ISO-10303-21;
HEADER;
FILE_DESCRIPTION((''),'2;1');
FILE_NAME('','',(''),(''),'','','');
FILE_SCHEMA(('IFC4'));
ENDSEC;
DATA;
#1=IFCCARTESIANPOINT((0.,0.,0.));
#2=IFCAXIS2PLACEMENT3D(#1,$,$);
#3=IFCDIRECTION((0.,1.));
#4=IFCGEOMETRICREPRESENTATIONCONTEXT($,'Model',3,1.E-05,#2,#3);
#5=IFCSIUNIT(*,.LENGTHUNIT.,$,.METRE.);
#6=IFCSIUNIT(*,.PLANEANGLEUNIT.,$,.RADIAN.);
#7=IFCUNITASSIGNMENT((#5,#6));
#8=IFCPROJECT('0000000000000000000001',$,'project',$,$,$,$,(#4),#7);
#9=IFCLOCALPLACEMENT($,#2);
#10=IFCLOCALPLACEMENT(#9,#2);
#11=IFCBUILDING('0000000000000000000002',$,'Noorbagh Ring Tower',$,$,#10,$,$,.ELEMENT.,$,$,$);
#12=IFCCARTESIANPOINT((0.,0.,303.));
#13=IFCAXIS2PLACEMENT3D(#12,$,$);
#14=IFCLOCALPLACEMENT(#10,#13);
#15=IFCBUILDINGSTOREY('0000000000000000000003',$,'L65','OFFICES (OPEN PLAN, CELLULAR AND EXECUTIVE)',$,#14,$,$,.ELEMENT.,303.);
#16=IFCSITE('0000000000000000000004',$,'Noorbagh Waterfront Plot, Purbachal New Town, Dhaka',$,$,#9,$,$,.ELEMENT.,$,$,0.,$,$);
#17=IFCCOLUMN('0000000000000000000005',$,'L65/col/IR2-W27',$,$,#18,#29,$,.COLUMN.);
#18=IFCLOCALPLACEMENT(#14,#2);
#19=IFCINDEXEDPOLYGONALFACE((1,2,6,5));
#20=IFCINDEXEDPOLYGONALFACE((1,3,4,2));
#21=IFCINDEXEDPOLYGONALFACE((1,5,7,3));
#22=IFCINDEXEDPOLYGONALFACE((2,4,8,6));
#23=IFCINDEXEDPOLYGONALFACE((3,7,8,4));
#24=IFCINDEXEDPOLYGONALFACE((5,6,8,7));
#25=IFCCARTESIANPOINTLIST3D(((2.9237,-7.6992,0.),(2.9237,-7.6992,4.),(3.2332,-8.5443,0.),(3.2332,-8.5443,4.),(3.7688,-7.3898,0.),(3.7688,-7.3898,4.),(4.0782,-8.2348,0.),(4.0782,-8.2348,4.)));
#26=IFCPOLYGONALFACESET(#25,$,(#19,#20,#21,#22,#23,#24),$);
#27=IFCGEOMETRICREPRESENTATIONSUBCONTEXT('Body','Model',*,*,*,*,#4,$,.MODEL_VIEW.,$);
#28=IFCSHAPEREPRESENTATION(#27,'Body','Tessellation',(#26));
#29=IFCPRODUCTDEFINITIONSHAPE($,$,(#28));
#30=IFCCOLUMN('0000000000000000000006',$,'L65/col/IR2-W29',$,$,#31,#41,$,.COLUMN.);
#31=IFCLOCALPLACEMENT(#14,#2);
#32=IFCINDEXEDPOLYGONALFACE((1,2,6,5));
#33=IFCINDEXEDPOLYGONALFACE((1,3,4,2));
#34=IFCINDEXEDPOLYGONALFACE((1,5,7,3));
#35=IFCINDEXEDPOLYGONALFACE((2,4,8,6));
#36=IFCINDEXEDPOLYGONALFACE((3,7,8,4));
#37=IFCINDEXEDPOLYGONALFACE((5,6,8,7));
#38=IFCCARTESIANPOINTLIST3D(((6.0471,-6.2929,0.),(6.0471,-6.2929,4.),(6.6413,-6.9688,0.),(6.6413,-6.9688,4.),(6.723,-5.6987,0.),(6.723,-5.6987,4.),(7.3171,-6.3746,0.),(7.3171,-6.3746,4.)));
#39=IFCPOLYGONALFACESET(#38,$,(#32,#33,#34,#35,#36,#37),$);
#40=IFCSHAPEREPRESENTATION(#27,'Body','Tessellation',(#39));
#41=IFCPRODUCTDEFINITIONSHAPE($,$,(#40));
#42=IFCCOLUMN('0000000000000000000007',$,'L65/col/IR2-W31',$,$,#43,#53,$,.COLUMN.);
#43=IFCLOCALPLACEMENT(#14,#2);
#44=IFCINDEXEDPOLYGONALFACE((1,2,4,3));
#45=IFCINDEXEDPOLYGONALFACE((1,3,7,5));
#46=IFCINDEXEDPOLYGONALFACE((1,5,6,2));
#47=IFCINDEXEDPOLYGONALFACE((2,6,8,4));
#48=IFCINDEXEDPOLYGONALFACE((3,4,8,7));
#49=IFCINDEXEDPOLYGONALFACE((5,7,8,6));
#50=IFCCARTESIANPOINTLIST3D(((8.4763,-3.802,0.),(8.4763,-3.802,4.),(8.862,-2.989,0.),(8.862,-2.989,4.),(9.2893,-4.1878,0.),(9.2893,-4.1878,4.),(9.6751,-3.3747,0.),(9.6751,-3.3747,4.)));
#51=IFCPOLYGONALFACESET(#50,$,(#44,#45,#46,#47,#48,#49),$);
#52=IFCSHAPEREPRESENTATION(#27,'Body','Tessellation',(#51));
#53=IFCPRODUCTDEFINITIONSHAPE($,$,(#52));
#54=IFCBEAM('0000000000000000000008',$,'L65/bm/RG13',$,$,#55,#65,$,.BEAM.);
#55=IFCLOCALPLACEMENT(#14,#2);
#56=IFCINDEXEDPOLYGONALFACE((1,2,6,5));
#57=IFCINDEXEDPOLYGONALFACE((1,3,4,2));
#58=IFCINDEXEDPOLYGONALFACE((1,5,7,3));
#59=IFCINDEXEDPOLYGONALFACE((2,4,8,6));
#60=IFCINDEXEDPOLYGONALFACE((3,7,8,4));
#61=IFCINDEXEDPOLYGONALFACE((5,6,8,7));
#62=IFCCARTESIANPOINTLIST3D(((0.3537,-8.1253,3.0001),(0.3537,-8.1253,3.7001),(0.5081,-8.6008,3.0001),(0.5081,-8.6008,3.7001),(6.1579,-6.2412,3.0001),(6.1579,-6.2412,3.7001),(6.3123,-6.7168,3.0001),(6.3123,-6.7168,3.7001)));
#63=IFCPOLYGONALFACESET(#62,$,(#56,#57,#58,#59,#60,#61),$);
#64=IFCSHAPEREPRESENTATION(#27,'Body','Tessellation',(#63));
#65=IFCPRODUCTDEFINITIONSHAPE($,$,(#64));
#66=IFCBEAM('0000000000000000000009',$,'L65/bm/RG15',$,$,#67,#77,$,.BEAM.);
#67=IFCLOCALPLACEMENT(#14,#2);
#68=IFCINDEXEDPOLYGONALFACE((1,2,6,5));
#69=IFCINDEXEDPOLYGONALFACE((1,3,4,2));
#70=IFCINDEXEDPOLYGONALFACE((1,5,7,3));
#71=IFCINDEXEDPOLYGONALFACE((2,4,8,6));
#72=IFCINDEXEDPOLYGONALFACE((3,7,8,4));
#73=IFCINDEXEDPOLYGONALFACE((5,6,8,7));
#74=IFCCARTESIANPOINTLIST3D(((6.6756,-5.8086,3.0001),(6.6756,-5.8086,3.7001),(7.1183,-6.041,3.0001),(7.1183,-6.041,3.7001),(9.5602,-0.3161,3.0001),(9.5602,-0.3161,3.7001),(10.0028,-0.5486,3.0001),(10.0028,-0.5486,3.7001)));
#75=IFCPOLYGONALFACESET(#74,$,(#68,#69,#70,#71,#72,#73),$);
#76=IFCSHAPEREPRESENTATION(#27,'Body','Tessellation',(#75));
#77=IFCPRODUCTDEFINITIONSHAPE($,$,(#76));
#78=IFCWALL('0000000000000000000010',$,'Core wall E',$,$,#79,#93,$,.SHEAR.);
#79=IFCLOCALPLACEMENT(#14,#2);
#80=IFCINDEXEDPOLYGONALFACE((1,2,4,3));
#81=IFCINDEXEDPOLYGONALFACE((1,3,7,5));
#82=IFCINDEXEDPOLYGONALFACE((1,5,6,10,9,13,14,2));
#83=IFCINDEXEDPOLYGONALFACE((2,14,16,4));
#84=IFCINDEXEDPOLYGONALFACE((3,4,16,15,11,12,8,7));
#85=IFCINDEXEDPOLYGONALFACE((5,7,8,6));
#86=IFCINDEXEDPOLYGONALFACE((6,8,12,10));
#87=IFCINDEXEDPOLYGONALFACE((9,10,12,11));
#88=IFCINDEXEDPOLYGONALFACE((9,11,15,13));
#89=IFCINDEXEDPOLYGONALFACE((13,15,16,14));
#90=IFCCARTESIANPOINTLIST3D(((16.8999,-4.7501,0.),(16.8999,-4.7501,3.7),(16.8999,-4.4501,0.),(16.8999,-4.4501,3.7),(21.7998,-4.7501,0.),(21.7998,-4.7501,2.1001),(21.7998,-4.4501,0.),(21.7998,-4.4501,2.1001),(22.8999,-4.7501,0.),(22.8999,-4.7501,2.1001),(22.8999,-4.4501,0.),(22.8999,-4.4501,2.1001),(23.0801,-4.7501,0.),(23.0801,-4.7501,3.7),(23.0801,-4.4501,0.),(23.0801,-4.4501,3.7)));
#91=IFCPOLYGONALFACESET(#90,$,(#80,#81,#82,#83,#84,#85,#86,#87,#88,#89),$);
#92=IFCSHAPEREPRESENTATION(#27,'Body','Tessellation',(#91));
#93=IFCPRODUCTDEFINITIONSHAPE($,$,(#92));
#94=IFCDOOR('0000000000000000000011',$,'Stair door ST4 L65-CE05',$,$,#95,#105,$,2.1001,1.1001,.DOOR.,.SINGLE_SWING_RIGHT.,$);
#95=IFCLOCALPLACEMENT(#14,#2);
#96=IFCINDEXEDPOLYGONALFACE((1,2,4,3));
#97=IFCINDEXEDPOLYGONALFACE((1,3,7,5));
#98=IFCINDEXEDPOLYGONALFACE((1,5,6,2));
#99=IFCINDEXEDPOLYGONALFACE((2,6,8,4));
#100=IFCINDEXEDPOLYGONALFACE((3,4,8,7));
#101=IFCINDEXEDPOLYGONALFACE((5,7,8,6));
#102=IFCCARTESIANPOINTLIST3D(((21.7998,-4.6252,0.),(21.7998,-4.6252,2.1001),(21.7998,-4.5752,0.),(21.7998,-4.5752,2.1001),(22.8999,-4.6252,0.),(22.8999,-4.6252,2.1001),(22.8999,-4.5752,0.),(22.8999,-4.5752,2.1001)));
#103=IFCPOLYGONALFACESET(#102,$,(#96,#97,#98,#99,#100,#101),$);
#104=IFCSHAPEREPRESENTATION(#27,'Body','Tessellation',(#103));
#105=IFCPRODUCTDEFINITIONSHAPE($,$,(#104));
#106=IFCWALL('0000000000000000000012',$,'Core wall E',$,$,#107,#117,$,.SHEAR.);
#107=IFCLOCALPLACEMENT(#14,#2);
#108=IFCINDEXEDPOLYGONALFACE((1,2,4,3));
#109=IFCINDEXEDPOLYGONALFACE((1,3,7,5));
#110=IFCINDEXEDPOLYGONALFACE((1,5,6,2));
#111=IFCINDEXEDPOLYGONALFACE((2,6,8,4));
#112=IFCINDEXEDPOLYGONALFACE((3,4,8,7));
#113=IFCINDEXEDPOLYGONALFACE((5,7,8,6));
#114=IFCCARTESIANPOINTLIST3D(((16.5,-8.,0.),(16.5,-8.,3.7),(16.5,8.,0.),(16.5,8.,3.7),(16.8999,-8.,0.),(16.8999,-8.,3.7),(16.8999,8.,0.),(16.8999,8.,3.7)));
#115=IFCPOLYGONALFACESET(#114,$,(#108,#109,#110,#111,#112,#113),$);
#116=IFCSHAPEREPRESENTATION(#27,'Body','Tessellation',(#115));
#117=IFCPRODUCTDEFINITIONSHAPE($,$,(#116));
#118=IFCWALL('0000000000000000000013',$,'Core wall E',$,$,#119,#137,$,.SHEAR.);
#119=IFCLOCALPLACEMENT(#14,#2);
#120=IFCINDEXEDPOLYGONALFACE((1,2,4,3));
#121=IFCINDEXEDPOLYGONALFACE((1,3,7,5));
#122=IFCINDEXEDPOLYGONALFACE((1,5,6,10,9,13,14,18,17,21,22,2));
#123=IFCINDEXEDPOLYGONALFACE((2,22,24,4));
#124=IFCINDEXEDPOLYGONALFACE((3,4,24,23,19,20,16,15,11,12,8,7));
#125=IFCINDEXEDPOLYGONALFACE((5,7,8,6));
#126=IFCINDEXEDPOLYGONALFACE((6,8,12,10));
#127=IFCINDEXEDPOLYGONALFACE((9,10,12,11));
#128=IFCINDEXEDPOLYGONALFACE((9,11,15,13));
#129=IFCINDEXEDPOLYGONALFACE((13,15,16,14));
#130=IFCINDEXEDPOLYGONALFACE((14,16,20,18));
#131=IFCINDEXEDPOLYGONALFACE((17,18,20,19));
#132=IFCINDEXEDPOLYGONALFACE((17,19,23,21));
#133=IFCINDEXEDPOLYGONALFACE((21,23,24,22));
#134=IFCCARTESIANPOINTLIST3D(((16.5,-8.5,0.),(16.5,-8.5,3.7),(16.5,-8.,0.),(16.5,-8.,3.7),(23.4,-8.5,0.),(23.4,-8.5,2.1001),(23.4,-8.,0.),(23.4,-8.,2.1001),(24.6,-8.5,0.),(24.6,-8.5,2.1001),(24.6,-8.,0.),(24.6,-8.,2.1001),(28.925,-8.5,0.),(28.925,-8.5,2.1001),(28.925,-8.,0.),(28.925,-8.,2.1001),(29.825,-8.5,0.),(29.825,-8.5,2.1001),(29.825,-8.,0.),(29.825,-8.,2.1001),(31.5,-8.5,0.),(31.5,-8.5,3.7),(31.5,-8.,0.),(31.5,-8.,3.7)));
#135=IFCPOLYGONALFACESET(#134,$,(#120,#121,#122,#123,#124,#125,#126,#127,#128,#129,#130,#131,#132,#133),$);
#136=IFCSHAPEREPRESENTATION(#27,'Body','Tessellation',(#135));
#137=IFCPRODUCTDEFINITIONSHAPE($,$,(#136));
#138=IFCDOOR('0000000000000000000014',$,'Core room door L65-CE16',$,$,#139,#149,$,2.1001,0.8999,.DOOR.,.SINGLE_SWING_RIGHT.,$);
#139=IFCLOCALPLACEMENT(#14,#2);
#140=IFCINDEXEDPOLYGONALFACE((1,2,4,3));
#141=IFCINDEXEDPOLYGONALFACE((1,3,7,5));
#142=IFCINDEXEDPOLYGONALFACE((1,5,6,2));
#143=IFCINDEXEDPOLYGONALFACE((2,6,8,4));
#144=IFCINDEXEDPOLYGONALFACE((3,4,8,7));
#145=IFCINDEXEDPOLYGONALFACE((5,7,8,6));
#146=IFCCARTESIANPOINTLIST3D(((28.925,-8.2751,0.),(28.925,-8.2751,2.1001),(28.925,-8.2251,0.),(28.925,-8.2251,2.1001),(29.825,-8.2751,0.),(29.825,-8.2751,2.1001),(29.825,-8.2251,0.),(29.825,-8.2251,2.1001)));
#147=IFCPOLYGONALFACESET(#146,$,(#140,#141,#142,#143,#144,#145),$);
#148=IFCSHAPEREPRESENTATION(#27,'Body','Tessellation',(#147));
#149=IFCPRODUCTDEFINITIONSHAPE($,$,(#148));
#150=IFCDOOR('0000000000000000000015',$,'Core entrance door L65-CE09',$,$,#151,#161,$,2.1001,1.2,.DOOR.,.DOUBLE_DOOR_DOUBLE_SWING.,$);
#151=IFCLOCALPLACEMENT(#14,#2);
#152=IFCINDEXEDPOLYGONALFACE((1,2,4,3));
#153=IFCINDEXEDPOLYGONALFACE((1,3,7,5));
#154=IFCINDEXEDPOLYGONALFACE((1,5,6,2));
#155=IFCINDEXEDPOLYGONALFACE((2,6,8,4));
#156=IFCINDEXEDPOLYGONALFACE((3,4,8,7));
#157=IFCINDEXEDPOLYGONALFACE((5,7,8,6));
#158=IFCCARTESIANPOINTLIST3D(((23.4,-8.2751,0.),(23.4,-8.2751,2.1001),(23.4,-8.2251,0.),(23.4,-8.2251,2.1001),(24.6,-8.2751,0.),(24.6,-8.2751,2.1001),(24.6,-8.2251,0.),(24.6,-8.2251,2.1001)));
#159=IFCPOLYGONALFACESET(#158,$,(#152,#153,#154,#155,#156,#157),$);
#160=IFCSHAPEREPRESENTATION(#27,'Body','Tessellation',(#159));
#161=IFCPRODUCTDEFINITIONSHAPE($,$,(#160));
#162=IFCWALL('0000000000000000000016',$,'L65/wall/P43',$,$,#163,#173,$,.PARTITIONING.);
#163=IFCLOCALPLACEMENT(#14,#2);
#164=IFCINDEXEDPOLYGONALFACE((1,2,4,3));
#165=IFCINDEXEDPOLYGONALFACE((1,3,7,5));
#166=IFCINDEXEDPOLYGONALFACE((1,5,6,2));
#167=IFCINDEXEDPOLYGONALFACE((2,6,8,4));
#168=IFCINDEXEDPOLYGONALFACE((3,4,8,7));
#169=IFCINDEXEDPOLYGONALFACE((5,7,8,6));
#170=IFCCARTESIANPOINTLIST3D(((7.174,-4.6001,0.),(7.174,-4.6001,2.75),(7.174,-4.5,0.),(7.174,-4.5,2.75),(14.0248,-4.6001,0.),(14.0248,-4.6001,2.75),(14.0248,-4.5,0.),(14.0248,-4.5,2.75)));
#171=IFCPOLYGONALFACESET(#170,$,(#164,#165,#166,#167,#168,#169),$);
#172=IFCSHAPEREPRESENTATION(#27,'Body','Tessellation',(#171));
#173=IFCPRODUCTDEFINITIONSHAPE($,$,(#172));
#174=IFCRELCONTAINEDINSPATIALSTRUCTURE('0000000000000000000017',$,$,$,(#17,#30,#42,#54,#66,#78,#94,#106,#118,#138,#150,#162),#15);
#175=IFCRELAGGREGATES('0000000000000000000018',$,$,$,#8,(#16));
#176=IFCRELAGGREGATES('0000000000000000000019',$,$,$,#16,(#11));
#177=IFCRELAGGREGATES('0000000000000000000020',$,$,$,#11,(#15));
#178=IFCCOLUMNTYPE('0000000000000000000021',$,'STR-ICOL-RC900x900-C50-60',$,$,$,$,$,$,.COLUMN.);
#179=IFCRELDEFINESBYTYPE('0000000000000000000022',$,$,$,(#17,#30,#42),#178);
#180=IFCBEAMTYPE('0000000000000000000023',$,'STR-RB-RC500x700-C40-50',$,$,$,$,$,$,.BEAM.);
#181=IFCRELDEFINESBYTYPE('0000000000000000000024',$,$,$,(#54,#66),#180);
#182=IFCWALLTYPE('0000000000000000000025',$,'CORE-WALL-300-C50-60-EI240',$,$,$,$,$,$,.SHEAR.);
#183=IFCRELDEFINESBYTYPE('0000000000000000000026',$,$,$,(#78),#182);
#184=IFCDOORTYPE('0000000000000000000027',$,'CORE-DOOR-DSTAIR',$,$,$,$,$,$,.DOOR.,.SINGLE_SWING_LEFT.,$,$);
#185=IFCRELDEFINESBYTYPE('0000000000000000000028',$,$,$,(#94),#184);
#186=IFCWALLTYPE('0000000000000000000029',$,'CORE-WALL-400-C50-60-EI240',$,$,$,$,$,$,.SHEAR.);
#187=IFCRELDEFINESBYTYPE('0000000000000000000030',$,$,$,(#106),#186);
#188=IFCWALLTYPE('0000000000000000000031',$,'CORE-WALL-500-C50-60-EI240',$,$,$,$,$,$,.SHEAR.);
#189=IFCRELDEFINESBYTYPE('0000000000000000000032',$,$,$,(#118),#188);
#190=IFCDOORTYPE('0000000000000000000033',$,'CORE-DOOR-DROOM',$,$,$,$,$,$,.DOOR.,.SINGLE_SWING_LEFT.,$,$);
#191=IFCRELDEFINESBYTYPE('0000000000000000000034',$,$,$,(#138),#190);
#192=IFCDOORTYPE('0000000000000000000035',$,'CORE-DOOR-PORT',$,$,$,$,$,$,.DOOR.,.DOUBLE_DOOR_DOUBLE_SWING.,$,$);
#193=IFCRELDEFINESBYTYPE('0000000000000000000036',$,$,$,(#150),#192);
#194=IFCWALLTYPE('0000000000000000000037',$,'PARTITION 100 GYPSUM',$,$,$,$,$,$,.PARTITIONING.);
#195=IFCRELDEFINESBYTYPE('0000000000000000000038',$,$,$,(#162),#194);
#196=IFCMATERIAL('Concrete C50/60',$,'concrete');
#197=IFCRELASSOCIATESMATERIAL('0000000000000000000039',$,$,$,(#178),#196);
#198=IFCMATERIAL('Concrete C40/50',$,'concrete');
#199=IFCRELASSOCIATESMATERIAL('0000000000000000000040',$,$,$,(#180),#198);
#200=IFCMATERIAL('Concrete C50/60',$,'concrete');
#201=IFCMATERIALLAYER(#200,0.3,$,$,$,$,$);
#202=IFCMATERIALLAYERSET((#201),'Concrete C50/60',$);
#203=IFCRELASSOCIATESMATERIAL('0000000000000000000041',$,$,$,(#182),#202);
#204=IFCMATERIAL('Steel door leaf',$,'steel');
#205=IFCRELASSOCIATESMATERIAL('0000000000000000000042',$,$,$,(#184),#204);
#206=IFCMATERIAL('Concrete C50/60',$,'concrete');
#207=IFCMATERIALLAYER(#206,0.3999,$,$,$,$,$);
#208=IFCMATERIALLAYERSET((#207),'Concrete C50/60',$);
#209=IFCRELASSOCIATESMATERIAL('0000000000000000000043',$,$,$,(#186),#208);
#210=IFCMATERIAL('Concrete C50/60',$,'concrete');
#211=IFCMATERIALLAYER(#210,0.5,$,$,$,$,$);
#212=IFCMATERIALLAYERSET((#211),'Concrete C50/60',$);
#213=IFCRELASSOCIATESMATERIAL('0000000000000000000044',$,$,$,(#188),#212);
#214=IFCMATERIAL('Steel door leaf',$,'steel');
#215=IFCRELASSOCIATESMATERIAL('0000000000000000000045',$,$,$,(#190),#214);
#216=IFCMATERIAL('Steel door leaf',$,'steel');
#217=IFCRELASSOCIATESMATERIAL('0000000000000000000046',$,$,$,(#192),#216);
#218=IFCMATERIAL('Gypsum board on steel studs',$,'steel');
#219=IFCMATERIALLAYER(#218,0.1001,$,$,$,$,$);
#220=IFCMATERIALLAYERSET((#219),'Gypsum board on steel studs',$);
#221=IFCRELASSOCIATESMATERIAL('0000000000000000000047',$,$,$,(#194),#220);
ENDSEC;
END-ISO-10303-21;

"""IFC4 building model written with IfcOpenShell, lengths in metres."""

from ifc_helpers import new_model, si_unit, direction, frame, frame_2d, origin, origin_2d, place, context, subcontext, project, spatial, rectangle, extrude, material, layer, layer_set, material_profile, profile_set, type_object, element, fill, save


model = new_model("IFC4")

# Units and contexts
model_context = context("Model", 3, precision=1e-05, world=origin(), true_north=direction((0.0, 1.0)))
body_context = subcontext(model_context, "Body", "Model", "MODEL_VIEW")
ifc_project = project(units=[si_unit("LENGTHUNIT", "METRE"), si_unit("PLANEANGLEUNIT", "RADIAN")], contexts=[model_context])

# Site, building, storey
site_placement = place(None, origin())
site = spatial("IfcSite", under=ifc_project, at=site_placement, Name="Noorbagh Waterfront Plot, Purbachal New Town, Dhaka", CompositionType="ELEMENT", RefElevation=0.0)
building_placement = place(site_placement, origin())
building = spatial("IfcBuilding", under=site, at=building_placement, Name="Noorbagh Ring Tower", CompositionType="ELEMENT")
storey_placement = place(building_placement, frame((0.0, 0.0, 303.0)))
storey = spatial("IfcBuildingStorey", under=building, at=storey_placement, Name="L65", Description="OFFICES (OPEN PLAN, CELLULAR AND EXECUTIVE)", CompositionType="ELEMENT", Elevation=303.0)

# Columns
ifc_material_1 = material(Name="Concrete C50/60", Category="concrete")
ifc_material_profile_1 = material_profile(ifc_material_1, rectangle(XDim=0.8999, YDim=0.8999, at=origin_2d()), Name="RC900x900")
ifc_profile_set_1 = profile_set([ifc_material_profile_1], Name="Concrete C50/60")
column_type = type_object("IfcColumnType", Name="STR-ICOL-RC900x900-C50-60", PredefinedType="COLUMN", material=ifc_profile_set_1)
for number, where, z_axis, x_axis, name in (
    (1, (3.501, -7.967, 0.0), (0.0, 0.0, 1.0), (0.93902, 0.343864, 0.0), "L65/col/IR2-W27"),
    (2, (6.6821, -6.3337, 0.0), (0.0, 0.0, 1.0), (0.751022, 0.660277, 0.0), "L65/col/IR2-W29"),
    (3, (9.0757, -3.5884, 0.0), (0.0, 0.0, 1.0), (0.428667, 0.903463, 0.0), "L65/col/IR2-W31"),
):
    element("IfcColumn", number, at=place(storey_placement, frame(where, z_axis=z_axis, x_axis=x_axis)), inside=storey, type_object=column_type, Name=name, PredefinedType="COLUMN", context=body_context, shape_type="SweptSolid", body=[
        extrude(rectangle(XDim=0.8999, YDim=0.8999, at=origin_2d()), origin(), (0.0, 0.0, 1.0), 4.0),
    ])

# Beams
ifc_material_2 = material(Name="Concrete C40/50", Category="concrete")
ifc_material_profile_2 = material_profile(ifc_material_2, rectangle(XDim=0.5, YDim=0.7, at=origin_2d()), Name="RC500x700")
ifc_profile_set_2 = profile_set([ifc_material_profile_2], Name="Concrete C40/50")
beam_type = type_object("IfcBeamType", Name="STR-RB-RC500x700-C40-50", PredefinedType="BEAM", material=ifc_profile_set_2)
beam_1_placement = place(storey_placement, frame((0.4309, -8.363, 3.3501), z_axis=(0.951146, 0.30874, 0.0), x_axis=(-0.30874, 0.951146, 0.0)))
element("IfcBeam", 4, at=beam_1_placement, inside=storey, type_object=beam_type, Name="L65/bm/RG13", PredefinedType="BEAM", context=body_context, shape_type="SweptSolid", body=[
    extrude(rectangle(XDim=0.5, YDim=0.7, at=origin_2d()), origin(), (0.0, 0.0, 1.0), 6.1023),
])
beam_2_placement = place(storey_placement, frame((6.897, -5.9248, 3.3501), z_axis=(0.46496, 0.885332, 0.0), x_axis=(-0.885332, 0.46496, 0.0)))
element("IfcBeam", 5, at=beam_2_placement, inside=storey, type_object=beam_type, Name="L65/bm/RG15", PredefinedType="BEAM", context=body_context, shape_type="SweptSolid", body=[
    extrude(rectangle(XDim=0.5, YDim=0.7, at=origin_2d()), origin(), (0.0, 0.0, 1.0), 6.2039),
])

# Wall, opening, door
ifc_material_3 = material(Name="Concrete C50/60", Category="concrete")
ifc_layer_1 = layer(ifc_material_3, 0.3)
ifc_layer_set_1 = layer_set([ifc_layer_1], Name="Concrete C50/60")
wall_type_1 = type_object("IfcWallType", Name="CORE-WALL-300-C50-60-EI240", PredefinedType="SHEAR", material=ifc_layer_set_1)
wall_1_placement = place(storey_placement, frame((16.8999, -4.6001, 0.0), z_axis=(0.0, 0.0, 1.0), x_axis=(1.0, 0.0, 0.0)))
wall_1 = element("IfcWall", 6, at=wall_1_placement, inside=storey, type_object=wall_type_1, Name="Core wall E", PredefinedType="SHEAR", context=body_context, shape_type="SweptSolid", body=[
    extrude(rectangle(XDim=6.1802, YDim=0.3, at=frame_2d((3.0901, 0.0))), origin(), (0.0, 0.0, 1.0), 3.7),
])
opening_1_placement = place(wall_1_placement, frame((4.8999, 0.0, 0.0)))
opening_1 = element("IfcOpeningElement", 7, at=opening_1_placement, cuts=wall_1, PredefinedType="OPENING", context=body_context, shape_type="SweptSolid", body=[
    extrude(rectangle(XDim=1.1001, YDim=2.1001, at=frame_2d((0.55, 1.05))), frame((0.0, 0.1602, 0.0), z_axis=(0.0, -1.0, 0.0), x_axis=(1.0, 0.0, 0.0)), (0.0, 0.0, 1.0), 0.3201),
])
ifc_material_4 = material(Name="Steel door leaf", Category="steel")
door_type_1 = type_object("IfcDoorType", Name="CORE-DOOR-DSTAIR", OperationType="SINGLE_SWING_LEFT", PredefinedType="DOOR", material=ifc_material_4)
door_1_placement = place(opening_1_placement, origin())
door_1 = element("IfcDoor", 8, at=door_1_placement, inside=storey, type_object=door_type_1, Name="Stair door ST4 L65-CE05", OperationType="SINGLE_SWING_RIGHT", OverallHeight=2.1001, OverallWidth=1.1001, PredefinedType="DOOR", context=body_context, shape_type="SweptSolid", body=[
    extrude(rectangle(XDim=1.1001, YDim=2.1001, at=frame_2d((0.55, 1.05))), frame((0.0, 0.0249, 0.0), z_axis=(0.0, -1.0, 0.0), x_axis=(1.0, 0.0, 0.0)), (0.0, 0.0, 1.0), 0.05),
])
fill(opening_1, door_1)

# Wall
ifc_material_5 = material(Name="Concrete C50/60", Category="concrete")
ifc_layer_2 = layer(ifc_material_5, 0.3999)
ifc_layer_set_2 = layer_set([ifc_layer_2], Name="Concrete C50/60")
wall_type_2 = type_object("IfcWallType", Name="CORE-WALL-400-C50-60-EI240", PredefinedType="SHEAR", material=ifc_layer_set_2)
wall_2_placement = place(storey_placement, frame((16.7, -8.0, 0.0), z_axis=(0.0, 0.0, 1.0), x_axis=(0.0, 1.0, 0.0)))
element("IfcWall", 9, at=wall_2_placement, inside=storey, type_object=wall_type_2, Name="Core wall E", PredefinedType="SHEAR", context=body_context, shape_type="SweptSolid", body=[
    extrude(rectangle(XDim=16.0, YDim=0.3999, at=frame_2d((8.0, 0.0))), origin(), (0.0, 0.0, 1.0), 3.7),
])

# Wall, openings, doors
ifc_material_6 = material(Name="Concrete C50/60", Category="concrete")
ifc_layer_3 = layer(ifc_material_6, 0.5)
ifc_layer_set_3 = layer_set([ifc_layer_3], Name="Concrete C50/60")
wall_type_3 = type_object("IfcWallType", Name="CORE-WALL-500-C50-60-EI240", PredefinedType="SHEAR", material=ifc_layer_set_3)
wall_3_placement = place(storey_placement, frame((16.5, -8.25, 0.0), z_axis=(0.0, 0.0, 1.0), x_axis=(1.0, 0.0, 0.0)))
wall_3 = element("IfcWall", 10, at=wall_3_placement, inside=storey, type_object=wall_type_3, Name="Core wall E", PredefinedType="SHEAR", context=body_context, shape_type="SweptSolid", body=[
    extrude(rectangle(XDim=15.0, YDim=0.5, at=frame_2d((7.5, 0.0))), origin(), (0.0, 0.0, 1.0), 3.7),
])
opening_2_placement = place(wall_3_placement, frame((6.8999, 0.0, 0.0)))
opening_2 = element("IfcOpeningElement", 11, at=opening_2_placement, cuts=wall_3, PredefinedType="OPENING", context=body_context, shape_type="SweptSolid", body=[
    extrude(rectangle(XDim=1.2, YDim=2.1001, at=frame_2d((0.6001, 1.05))), frame((0.0, 0.26, 0.0), z_axis=(0.0, -1.0, 0.0), x_axis=(1.0, 0.0, 0.0)), (0.0, 0.0, 1.0), 0.52),
])
opening_3_placement = place(wall_3_placement, frame((12.425, 0.0, 0.0)))
opening_3 = element("IfcOpeningElement", 12, at=opening_3_placement, cuts=wall_3, PredefinedType="OPENING", context=body_context, shape_type="SweptSolid", body=[
    extrude(rectangle(XDim=0.8999, YDim=2.1001, at=frame_2d((0.45, 1.05))), frame((0.0, 0.26, 0.0), z_axis=(0.0, -1.0, 0.0), x_axis=(1.0, 0.0, 0.0)), (0.0, 0.0, 1.0), 0.52),
])
ifc_material_7 = material(Name="Steel door leaf", Category="steel")
door_type_2 = type_object("IfcDoorType", Name="CORE-DOOR-DROOM", OperationType="SINGLE_SWING_LEFT", PredefinedType="DOOR", material=ifc_material_7)
door_2_placement = place(opening_3_placement, origin())
door_2 = element("IfcDoor", 13, at=door_2_placement, inside=storey, type_object=door_type_2, Name="Core room door L65-CE16", OperationType="SINGLE_SWING_RIGHT", OverallHeight=2.1001, OverallWidth=0.8999, PredefinedType="DOOR", context=body_context, shape_type="SweptSolid", body=[
    extrude(rectangle(XDim=0.8999, YDim=2.1001, at=frame_2d((0.45, 1.05))), frame((0.0, 0.0249, 0.0), z_axis=(0.0, -1.0, 0.0), x_axis=(1.0, 0.0, 0.0)), (0.0, 0.0, 1.0), 0.05),
])
fill(opening_3, door_2)
ifc_material_8 = material(Name="Steel door leaf", Category="steel")
door_type_3 = type_object("IfcDoorType", Name="CORE-DOOR-PORT", OperationType="DOUBLE_DOOR_DOUBLE_SWING", PredefinedType="DOOR", material=ifc_material_8)
door_3_placement = place(opening_2_placement, origin())
door_3 = element("IfcDoor", 14, at=door_3_placement, inside=storey, type_object=door_type_3, Name="Core entrance door L65-CE09", OperationType="DOUBLE_DOOR_DOUBLE_SWING", OverallHeight=2.1001, OverallWidth=1.2, PredefinedType="DOOR", context=body_context, shape_type="SweptSolid", body=[
    extrude(rectangle(XDim=1.2, YDim=2.1001, at=frame_2d((0.6001, 1.05))), frame((0.0, 0.0249, 0.0), z_axis=(0.0, -1.0, 0.0), x_axis=(1.0, 0.0, 0.0)), (0.0, 0.0, 1.0), 0.05),
])
fill(opening_2, door_3)

# Wall
ifc_material_9 = material(Name="Gypsum board on steel studs", Category="steel")
ifc_layer_4 = layer(ifc_material_9, 0.1001)
ifc_layer_set_4 = layer_set([ifc_layer_4], Name="Gypsum board on steel studs")
wall_type_4 = type_object("IfcWallType", Name="PARTITION 100 GYPSUM", PredefinedType="PARTITIONING", material=ifc_layer_set_4)
wall_4_placement = place(storey_placement, frame((7.1741, -4.55, 0.0), z_axis=(0.0, 0.0, 1.0), x_axis=(1.0, 0.0, 0.0)))
element("IfcWall", 15, at=wall_4_placement, inside=storey, type_object=wall_type_4, Name="L65/wall/P43", PredefinedType="PARTITIONING", context=body_context, shape_type="SweptSolid", body=[
    extrude(rectangle(XDim=6.8508, YDim=0.1001, at=frame_2d((3.4253, 0.0))), origin(), (0.0, 0.0, 1.0), 2.75),
])

save(model, "model.ifc")
